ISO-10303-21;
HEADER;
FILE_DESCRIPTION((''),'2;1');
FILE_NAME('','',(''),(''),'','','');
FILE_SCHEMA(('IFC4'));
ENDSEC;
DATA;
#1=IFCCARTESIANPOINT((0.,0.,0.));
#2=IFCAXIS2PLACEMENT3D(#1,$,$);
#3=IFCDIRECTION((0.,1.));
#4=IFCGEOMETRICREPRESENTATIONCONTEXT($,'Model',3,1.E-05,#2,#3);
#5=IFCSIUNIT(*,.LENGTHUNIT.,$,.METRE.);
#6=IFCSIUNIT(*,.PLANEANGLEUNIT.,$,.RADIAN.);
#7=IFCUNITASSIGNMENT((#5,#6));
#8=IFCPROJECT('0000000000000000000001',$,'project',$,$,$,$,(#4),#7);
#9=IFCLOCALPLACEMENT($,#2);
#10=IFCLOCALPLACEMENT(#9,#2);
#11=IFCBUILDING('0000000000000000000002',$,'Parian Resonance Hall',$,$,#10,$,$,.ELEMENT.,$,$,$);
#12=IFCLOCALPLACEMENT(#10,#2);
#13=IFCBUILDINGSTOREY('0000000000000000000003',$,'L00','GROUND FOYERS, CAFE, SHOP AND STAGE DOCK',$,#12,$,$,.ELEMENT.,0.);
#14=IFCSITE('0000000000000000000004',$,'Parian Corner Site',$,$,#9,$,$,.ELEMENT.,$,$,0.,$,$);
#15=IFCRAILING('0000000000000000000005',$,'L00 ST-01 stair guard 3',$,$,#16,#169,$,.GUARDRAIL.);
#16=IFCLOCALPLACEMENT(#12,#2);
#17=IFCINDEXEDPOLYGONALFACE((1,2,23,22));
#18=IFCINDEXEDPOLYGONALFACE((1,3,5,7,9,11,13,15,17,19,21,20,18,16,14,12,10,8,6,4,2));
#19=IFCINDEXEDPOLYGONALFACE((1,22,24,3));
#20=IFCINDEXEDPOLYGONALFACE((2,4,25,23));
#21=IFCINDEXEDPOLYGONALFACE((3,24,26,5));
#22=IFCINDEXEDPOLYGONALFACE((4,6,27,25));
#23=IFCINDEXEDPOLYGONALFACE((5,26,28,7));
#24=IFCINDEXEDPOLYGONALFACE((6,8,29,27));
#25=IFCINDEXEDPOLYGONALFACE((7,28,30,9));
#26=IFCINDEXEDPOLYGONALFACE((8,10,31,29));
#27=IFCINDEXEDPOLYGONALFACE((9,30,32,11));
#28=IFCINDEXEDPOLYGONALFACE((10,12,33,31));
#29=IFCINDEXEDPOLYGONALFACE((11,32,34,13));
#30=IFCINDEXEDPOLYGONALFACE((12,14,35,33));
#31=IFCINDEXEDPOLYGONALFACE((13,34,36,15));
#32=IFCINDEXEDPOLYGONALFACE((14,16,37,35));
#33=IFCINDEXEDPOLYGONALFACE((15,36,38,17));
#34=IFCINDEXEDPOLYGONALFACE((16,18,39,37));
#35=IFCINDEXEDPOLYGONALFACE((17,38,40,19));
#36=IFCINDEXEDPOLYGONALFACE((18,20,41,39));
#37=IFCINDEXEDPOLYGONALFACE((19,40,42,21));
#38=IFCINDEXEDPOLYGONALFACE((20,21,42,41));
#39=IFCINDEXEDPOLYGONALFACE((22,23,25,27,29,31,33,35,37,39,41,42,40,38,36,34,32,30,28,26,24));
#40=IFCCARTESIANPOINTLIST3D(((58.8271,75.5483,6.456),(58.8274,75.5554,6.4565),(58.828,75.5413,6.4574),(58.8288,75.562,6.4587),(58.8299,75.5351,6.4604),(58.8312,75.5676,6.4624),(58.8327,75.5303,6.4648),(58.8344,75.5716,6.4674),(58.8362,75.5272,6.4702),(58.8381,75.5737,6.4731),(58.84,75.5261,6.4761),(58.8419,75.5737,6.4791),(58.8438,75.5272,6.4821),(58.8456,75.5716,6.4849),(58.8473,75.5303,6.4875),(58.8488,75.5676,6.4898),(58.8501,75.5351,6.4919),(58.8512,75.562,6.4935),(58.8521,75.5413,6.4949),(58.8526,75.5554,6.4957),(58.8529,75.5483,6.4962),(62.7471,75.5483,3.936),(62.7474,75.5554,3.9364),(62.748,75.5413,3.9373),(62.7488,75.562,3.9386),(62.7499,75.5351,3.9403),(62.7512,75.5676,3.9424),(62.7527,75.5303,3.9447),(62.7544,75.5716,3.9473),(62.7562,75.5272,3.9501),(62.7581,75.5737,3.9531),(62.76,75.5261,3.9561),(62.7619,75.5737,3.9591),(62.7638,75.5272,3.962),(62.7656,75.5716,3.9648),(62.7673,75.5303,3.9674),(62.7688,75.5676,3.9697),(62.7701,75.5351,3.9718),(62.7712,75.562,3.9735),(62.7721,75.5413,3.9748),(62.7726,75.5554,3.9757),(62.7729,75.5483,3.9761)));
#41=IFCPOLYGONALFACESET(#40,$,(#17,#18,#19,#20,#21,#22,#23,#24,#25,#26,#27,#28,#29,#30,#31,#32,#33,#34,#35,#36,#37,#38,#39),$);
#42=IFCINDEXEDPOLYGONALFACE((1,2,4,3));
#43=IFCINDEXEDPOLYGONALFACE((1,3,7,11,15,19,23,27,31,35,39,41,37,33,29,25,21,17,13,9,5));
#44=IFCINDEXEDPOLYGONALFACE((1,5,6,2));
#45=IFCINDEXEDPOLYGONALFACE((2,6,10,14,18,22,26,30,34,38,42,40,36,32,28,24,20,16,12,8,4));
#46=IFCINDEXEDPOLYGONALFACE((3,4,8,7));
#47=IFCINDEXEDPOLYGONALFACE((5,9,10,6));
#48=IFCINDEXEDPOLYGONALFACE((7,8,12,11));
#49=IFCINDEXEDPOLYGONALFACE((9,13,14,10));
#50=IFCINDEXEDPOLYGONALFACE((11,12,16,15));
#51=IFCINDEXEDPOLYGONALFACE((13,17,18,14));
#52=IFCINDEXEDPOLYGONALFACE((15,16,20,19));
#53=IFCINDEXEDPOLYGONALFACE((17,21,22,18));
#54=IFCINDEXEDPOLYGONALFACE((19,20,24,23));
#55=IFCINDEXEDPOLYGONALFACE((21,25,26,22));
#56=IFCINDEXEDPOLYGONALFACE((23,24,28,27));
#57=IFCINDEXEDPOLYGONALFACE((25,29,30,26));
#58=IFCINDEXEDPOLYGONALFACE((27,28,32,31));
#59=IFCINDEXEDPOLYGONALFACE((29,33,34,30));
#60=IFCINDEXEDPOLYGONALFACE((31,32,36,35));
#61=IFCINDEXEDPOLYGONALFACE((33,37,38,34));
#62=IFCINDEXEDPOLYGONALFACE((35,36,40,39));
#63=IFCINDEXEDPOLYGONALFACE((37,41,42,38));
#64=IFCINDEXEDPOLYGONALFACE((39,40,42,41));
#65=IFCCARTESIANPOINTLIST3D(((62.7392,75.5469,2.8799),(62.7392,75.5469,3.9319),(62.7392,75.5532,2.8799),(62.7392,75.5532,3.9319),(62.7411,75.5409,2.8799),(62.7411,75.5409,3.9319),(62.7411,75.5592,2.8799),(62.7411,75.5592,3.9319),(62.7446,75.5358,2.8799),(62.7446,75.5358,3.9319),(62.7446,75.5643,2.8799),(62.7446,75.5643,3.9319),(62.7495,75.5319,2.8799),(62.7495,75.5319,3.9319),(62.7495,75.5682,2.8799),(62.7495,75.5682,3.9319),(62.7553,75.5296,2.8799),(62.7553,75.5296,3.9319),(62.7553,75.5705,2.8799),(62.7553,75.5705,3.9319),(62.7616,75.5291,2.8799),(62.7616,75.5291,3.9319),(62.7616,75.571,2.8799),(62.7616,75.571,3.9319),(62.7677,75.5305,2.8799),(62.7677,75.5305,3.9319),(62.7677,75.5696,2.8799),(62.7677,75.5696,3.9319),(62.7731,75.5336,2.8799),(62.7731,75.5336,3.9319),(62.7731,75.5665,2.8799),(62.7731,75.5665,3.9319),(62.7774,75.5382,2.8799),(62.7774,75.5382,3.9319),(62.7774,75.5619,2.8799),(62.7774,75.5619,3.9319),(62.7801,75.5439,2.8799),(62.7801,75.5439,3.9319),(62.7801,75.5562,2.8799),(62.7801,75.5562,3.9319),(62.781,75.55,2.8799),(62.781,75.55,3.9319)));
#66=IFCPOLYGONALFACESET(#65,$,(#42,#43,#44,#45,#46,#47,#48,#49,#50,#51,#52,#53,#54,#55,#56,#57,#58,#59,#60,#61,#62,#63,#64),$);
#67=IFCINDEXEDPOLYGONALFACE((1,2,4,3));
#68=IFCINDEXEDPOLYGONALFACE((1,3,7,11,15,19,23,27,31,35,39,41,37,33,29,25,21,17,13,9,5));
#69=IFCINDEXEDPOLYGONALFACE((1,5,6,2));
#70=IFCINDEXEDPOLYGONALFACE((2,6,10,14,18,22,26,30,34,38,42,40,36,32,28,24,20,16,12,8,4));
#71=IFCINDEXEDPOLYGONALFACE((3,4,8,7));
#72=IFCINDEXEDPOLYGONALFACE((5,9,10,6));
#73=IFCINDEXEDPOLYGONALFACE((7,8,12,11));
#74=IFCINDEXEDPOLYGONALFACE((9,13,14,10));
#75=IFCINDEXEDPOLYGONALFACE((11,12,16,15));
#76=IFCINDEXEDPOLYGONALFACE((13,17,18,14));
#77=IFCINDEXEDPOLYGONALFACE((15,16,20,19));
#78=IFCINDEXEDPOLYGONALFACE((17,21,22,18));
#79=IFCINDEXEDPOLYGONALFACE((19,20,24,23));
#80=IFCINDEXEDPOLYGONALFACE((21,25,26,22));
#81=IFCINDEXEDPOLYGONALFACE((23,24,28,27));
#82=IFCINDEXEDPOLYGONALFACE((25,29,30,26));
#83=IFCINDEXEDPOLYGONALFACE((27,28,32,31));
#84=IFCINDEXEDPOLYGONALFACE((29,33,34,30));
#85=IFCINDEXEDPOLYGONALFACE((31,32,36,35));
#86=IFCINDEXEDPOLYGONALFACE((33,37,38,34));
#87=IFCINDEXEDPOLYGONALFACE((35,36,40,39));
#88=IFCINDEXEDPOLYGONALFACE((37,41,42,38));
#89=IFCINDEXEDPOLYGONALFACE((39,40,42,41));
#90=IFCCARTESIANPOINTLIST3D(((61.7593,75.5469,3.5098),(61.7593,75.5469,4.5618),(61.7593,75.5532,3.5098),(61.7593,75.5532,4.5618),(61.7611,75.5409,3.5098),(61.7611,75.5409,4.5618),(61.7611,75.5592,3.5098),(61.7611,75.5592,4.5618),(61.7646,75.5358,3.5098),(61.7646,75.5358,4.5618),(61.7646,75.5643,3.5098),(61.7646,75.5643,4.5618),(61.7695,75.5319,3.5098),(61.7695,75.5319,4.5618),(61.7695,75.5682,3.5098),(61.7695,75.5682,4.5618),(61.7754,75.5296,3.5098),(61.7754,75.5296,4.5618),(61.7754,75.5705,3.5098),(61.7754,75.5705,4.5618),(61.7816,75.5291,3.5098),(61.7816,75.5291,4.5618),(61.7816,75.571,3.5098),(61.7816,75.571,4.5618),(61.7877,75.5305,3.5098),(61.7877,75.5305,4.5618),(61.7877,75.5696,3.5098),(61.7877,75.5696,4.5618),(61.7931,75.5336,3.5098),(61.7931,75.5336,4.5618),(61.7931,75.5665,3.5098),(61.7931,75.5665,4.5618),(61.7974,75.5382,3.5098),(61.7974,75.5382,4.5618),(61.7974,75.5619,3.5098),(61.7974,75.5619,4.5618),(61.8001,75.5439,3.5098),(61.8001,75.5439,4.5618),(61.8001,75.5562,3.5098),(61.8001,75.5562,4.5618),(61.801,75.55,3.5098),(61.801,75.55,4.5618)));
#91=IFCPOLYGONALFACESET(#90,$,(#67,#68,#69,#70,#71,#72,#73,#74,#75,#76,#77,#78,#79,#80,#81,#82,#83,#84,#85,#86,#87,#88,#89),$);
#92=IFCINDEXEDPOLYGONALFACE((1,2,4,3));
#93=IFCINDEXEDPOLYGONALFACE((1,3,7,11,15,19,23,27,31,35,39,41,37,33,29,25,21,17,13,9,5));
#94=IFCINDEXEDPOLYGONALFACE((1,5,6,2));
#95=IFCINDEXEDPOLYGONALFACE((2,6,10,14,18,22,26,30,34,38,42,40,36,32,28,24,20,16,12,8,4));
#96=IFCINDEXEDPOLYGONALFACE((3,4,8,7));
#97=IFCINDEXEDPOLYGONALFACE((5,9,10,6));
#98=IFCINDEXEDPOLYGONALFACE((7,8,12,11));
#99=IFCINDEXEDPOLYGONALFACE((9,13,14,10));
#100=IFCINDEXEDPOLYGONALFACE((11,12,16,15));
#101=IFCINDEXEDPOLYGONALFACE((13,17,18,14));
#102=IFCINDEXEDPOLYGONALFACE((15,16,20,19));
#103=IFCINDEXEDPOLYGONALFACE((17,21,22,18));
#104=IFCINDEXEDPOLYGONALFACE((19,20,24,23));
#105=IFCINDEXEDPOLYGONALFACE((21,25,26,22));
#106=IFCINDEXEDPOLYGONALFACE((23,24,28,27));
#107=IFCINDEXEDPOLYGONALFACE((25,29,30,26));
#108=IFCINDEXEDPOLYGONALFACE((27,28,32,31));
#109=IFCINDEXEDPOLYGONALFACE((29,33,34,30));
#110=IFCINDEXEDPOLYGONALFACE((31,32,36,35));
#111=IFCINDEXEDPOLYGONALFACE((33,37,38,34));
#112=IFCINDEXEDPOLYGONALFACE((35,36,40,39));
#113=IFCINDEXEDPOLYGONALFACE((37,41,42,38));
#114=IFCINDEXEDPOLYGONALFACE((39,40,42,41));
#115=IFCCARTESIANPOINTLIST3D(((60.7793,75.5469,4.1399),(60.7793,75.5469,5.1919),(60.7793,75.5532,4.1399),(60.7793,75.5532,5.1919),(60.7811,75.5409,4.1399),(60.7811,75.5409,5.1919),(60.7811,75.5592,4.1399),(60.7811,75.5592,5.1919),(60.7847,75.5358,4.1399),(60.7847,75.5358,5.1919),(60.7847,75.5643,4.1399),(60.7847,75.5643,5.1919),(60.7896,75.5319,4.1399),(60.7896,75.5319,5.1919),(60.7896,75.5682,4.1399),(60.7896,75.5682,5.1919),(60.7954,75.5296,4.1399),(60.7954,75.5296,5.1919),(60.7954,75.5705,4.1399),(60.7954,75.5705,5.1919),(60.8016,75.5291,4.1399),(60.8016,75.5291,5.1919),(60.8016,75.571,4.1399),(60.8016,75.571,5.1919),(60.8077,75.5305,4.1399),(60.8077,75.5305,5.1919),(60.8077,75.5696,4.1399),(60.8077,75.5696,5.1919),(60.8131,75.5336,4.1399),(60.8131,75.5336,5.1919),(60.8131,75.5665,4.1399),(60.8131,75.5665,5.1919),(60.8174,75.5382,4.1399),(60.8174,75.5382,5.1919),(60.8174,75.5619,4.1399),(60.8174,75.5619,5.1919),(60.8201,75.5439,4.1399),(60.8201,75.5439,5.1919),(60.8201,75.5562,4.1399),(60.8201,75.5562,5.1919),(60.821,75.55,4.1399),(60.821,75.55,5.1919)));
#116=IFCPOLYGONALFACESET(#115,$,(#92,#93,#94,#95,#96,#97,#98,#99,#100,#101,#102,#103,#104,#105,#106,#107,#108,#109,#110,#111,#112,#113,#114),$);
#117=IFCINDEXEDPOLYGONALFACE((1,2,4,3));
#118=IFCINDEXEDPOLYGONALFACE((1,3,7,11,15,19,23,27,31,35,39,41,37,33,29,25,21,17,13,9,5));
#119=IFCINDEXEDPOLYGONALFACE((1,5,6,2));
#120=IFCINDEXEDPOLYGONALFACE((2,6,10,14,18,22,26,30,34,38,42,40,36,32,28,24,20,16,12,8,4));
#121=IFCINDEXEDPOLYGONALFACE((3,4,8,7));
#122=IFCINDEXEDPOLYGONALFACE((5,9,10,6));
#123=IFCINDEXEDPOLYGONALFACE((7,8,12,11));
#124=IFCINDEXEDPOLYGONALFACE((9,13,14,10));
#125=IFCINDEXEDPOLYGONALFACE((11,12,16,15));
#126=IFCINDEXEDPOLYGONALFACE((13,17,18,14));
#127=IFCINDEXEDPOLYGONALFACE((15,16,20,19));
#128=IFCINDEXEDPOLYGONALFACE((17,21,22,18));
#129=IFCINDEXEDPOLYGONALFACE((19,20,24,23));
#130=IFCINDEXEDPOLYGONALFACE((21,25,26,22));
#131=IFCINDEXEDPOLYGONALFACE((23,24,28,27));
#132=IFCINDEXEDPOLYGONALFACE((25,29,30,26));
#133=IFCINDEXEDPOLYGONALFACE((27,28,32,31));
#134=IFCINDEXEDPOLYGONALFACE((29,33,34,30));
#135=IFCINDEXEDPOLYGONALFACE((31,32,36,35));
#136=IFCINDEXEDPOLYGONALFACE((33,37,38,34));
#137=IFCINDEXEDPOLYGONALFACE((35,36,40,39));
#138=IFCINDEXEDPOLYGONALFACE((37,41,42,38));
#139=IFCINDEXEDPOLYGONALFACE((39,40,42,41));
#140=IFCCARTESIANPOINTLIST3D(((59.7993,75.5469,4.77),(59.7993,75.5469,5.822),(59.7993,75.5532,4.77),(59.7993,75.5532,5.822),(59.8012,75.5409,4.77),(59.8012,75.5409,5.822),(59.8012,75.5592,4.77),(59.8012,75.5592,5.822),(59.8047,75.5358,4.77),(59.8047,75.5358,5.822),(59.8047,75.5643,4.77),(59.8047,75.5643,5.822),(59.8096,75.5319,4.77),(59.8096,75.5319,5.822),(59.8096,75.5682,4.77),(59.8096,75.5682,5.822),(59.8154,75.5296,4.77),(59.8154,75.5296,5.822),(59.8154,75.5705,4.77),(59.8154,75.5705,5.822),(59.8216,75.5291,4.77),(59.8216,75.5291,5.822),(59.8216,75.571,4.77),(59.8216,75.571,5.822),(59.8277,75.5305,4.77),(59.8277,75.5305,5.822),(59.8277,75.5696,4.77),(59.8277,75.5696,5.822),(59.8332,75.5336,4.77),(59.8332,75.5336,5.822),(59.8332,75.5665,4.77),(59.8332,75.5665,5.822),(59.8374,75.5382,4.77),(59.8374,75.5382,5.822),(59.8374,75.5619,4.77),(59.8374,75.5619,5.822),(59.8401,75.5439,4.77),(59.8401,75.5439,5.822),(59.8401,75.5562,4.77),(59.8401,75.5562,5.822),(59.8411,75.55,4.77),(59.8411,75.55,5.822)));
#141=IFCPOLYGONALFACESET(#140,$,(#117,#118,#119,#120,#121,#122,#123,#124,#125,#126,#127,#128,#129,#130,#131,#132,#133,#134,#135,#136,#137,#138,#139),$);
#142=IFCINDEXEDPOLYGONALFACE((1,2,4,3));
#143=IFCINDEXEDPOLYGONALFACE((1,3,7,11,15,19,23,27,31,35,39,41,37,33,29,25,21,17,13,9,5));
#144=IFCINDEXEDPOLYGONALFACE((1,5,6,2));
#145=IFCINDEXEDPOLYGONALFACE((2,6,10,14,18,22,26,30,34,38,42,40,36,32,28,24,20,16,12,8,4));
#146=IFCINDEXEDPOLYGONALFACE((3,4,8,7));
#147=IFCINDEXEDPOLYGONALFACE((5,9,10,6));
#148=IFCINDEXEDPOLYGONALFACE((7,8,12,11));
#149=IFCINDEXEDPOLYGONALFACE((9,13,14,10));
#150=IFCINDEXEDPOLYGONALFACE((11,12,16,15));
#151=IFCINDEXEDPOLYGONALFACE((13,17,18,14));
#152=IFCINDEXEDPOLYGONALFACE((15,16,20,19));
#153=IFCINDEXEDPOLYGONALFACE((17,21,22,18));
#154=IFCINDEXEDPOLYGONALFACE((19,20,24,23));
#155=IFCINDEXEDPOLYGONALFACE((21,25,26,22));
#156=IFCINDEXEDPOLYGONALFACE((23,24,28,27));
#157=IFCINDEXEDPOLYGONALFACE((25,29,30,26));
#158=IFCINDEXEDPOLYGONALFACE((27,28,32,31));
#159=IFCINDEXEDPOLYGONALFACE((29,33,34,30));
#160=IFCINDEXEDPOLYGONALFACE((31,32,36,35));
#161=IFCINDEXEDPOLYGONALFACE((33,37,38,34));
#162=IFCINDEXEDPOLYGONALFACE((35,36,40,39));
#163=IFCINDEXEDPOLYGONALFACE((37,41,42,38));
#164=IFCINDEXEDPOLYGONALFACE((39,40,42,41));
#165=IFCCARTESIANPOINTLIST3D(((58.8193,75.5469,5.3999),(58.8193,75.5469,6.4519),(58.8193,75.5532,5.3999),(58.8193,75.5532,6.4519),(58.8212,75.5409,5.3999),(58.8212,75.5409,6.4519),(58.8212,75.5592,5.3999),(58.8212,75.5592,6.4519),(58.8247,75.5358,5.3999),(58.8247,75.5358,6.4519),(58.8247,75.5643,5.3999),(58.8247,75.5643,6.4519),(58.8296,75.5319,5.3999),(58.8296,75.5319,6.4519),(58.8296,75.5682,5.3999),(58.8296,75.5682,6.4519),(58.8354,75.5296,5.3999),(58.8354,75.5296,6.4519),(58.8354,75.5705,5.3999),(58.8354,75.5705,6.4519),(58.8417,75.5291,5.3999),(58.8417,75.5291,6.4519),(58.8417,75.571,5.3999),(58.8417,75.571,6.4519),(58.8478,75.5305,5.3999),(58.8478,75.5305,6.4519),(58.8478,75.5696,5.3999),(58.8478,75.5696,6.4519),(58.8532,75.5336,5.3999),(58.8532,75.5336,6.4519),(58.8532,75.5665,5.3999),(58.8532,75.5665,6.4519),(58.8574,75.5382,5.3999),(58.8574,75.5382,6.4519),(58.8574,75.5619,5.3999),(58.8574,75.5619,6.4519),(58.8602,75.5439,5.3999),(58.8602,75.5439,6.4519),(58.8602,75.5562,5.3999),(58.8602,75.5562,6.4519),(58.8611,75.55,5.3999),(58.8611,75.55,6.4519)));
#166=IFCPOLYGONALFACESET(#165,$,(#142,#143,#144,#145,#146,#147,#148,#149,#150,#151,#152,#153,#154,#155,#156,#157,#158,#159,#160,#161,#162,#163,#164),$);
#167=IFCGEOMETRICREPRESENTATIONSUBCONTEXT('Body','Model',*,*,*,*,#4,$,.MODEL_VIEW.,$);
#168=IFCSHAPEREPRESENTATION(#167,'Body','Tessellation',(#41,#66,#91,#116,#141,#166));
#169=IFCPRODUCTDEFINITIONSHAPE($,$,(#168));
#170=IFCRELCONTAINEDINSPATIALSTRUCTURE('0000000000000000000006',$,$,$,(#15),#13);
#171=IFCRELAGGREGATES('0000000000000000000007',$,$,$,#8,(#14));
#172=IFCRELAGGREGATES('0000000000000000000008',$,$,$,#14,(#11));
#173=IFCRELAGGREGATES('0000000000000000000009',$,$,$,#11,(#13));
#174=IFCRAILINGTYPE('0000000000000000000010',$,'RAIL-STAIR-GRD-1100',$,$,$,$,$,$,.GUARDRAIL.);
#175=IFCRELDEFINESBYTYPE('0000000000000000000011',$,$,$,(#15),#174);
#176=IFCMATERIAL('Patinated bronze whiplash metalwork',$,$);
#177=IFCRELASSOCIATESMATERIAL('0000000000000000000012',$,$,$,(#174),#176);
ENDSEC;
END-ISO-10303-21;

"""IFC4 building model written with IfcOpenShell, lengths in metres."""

from ifc_helpers import new_model, si_unit, direction, frame, origin, origin_2d, place, context, subcontext, project, spatial, circle, extrude, material, type_object, element, save


model = new_model("IFC4")

# Units and contexts
model_context = context("Model", 3, precision=1e-05, world=origin(), true_north=direction((0.0, 1.0)))
body_context = subcontext(model_context, "Body", "Model", "MODEL_VIEW")
ifc_project = project(units=[si_unit("LENGTHUNIT", "METRE"), si_unit("PLANEANGLEUNIT", "RADIAN")], contexts=[model_context])

# Site, building, storey
site_placement = place(None, origin())
site = spatial("IfcSite", under=ifc_project, at=site_placement, Name="Parian Corner Site", CompositionType="ELEMENT", RefElevation=0.0)
building_placement = place(site_placement, origin())
building = spatial("IfcBuilding", under=site, at=building_placement, Name="Parian Resonance Hall", CompositionType="ELEMENT")
storey_placement = place(building_placement, origin())
storey = spatial("IfcBuildingStorey", under=building, at=storey_placement, Name="L00", Description="GROUND FOYERS, CAFE, SHOP AND STAGE DOCK", CompositionType="ELEMENT", Elevation=0.0)

# Railing
ifc_material_1 = material(Name="Patinated bronze whiplash metalwork")
railing_type_1 = type_object("IfcRailingType", Name="RAIL-STAIR-GRD-1100", PredefinedType="GUARDRAIL", material=ifc_material_1)
railing_1_placement = place(storey_placement, frame((62.76, 75.55, 2.8799)))
element("IfcRailing", 1, at=railing_1_placement, inside=storey, type_object=railing_type_1, Name="L00 ST-01 stair guard 3", PredefinedType="GUARDRAIL", context=body_context, shape_type="SweptSolid", body=[
    extrude(circle(Radius=0.0239, at=origin_2d()), frame((0.0, 0.0, 1.0762), z_axis=(-0.841172, 0.0, 0.540768), x_axis=(0.0, -1.0, 0.0)), (0.0, 0.0, 1.0), 4.6602),
    extrude(circle(Radius=0.021, at=origin_2d()), origin(), (0.0, 0.0, 1.0), 1.052),
    extrude(circle(Radius=0.021, at=origin_2d()), frame((-0.98, 0.0, 0.6299)), (0.0, 0.0, 1.0), 1.052),
    extrude(circle(Radius=0.021, at=origin_2d()), frame((-1.96, 0.0, 1.26)), (0.0, 0.0, 1.0), 1.052),
    extrude(circle(Radius=0.021, at=origin_2d()), frame((-2.9399, 0.0, 1.8901)), (0.0, 0.0, 1.0), 1.052),
    extrude(circle(Radius=0.021, at=origin_2d()), frame((-3.9199, 0.0, 2.52)), (0.0, 0.0, 1.0), 1.052),
])

save(model, "model.ifc")
